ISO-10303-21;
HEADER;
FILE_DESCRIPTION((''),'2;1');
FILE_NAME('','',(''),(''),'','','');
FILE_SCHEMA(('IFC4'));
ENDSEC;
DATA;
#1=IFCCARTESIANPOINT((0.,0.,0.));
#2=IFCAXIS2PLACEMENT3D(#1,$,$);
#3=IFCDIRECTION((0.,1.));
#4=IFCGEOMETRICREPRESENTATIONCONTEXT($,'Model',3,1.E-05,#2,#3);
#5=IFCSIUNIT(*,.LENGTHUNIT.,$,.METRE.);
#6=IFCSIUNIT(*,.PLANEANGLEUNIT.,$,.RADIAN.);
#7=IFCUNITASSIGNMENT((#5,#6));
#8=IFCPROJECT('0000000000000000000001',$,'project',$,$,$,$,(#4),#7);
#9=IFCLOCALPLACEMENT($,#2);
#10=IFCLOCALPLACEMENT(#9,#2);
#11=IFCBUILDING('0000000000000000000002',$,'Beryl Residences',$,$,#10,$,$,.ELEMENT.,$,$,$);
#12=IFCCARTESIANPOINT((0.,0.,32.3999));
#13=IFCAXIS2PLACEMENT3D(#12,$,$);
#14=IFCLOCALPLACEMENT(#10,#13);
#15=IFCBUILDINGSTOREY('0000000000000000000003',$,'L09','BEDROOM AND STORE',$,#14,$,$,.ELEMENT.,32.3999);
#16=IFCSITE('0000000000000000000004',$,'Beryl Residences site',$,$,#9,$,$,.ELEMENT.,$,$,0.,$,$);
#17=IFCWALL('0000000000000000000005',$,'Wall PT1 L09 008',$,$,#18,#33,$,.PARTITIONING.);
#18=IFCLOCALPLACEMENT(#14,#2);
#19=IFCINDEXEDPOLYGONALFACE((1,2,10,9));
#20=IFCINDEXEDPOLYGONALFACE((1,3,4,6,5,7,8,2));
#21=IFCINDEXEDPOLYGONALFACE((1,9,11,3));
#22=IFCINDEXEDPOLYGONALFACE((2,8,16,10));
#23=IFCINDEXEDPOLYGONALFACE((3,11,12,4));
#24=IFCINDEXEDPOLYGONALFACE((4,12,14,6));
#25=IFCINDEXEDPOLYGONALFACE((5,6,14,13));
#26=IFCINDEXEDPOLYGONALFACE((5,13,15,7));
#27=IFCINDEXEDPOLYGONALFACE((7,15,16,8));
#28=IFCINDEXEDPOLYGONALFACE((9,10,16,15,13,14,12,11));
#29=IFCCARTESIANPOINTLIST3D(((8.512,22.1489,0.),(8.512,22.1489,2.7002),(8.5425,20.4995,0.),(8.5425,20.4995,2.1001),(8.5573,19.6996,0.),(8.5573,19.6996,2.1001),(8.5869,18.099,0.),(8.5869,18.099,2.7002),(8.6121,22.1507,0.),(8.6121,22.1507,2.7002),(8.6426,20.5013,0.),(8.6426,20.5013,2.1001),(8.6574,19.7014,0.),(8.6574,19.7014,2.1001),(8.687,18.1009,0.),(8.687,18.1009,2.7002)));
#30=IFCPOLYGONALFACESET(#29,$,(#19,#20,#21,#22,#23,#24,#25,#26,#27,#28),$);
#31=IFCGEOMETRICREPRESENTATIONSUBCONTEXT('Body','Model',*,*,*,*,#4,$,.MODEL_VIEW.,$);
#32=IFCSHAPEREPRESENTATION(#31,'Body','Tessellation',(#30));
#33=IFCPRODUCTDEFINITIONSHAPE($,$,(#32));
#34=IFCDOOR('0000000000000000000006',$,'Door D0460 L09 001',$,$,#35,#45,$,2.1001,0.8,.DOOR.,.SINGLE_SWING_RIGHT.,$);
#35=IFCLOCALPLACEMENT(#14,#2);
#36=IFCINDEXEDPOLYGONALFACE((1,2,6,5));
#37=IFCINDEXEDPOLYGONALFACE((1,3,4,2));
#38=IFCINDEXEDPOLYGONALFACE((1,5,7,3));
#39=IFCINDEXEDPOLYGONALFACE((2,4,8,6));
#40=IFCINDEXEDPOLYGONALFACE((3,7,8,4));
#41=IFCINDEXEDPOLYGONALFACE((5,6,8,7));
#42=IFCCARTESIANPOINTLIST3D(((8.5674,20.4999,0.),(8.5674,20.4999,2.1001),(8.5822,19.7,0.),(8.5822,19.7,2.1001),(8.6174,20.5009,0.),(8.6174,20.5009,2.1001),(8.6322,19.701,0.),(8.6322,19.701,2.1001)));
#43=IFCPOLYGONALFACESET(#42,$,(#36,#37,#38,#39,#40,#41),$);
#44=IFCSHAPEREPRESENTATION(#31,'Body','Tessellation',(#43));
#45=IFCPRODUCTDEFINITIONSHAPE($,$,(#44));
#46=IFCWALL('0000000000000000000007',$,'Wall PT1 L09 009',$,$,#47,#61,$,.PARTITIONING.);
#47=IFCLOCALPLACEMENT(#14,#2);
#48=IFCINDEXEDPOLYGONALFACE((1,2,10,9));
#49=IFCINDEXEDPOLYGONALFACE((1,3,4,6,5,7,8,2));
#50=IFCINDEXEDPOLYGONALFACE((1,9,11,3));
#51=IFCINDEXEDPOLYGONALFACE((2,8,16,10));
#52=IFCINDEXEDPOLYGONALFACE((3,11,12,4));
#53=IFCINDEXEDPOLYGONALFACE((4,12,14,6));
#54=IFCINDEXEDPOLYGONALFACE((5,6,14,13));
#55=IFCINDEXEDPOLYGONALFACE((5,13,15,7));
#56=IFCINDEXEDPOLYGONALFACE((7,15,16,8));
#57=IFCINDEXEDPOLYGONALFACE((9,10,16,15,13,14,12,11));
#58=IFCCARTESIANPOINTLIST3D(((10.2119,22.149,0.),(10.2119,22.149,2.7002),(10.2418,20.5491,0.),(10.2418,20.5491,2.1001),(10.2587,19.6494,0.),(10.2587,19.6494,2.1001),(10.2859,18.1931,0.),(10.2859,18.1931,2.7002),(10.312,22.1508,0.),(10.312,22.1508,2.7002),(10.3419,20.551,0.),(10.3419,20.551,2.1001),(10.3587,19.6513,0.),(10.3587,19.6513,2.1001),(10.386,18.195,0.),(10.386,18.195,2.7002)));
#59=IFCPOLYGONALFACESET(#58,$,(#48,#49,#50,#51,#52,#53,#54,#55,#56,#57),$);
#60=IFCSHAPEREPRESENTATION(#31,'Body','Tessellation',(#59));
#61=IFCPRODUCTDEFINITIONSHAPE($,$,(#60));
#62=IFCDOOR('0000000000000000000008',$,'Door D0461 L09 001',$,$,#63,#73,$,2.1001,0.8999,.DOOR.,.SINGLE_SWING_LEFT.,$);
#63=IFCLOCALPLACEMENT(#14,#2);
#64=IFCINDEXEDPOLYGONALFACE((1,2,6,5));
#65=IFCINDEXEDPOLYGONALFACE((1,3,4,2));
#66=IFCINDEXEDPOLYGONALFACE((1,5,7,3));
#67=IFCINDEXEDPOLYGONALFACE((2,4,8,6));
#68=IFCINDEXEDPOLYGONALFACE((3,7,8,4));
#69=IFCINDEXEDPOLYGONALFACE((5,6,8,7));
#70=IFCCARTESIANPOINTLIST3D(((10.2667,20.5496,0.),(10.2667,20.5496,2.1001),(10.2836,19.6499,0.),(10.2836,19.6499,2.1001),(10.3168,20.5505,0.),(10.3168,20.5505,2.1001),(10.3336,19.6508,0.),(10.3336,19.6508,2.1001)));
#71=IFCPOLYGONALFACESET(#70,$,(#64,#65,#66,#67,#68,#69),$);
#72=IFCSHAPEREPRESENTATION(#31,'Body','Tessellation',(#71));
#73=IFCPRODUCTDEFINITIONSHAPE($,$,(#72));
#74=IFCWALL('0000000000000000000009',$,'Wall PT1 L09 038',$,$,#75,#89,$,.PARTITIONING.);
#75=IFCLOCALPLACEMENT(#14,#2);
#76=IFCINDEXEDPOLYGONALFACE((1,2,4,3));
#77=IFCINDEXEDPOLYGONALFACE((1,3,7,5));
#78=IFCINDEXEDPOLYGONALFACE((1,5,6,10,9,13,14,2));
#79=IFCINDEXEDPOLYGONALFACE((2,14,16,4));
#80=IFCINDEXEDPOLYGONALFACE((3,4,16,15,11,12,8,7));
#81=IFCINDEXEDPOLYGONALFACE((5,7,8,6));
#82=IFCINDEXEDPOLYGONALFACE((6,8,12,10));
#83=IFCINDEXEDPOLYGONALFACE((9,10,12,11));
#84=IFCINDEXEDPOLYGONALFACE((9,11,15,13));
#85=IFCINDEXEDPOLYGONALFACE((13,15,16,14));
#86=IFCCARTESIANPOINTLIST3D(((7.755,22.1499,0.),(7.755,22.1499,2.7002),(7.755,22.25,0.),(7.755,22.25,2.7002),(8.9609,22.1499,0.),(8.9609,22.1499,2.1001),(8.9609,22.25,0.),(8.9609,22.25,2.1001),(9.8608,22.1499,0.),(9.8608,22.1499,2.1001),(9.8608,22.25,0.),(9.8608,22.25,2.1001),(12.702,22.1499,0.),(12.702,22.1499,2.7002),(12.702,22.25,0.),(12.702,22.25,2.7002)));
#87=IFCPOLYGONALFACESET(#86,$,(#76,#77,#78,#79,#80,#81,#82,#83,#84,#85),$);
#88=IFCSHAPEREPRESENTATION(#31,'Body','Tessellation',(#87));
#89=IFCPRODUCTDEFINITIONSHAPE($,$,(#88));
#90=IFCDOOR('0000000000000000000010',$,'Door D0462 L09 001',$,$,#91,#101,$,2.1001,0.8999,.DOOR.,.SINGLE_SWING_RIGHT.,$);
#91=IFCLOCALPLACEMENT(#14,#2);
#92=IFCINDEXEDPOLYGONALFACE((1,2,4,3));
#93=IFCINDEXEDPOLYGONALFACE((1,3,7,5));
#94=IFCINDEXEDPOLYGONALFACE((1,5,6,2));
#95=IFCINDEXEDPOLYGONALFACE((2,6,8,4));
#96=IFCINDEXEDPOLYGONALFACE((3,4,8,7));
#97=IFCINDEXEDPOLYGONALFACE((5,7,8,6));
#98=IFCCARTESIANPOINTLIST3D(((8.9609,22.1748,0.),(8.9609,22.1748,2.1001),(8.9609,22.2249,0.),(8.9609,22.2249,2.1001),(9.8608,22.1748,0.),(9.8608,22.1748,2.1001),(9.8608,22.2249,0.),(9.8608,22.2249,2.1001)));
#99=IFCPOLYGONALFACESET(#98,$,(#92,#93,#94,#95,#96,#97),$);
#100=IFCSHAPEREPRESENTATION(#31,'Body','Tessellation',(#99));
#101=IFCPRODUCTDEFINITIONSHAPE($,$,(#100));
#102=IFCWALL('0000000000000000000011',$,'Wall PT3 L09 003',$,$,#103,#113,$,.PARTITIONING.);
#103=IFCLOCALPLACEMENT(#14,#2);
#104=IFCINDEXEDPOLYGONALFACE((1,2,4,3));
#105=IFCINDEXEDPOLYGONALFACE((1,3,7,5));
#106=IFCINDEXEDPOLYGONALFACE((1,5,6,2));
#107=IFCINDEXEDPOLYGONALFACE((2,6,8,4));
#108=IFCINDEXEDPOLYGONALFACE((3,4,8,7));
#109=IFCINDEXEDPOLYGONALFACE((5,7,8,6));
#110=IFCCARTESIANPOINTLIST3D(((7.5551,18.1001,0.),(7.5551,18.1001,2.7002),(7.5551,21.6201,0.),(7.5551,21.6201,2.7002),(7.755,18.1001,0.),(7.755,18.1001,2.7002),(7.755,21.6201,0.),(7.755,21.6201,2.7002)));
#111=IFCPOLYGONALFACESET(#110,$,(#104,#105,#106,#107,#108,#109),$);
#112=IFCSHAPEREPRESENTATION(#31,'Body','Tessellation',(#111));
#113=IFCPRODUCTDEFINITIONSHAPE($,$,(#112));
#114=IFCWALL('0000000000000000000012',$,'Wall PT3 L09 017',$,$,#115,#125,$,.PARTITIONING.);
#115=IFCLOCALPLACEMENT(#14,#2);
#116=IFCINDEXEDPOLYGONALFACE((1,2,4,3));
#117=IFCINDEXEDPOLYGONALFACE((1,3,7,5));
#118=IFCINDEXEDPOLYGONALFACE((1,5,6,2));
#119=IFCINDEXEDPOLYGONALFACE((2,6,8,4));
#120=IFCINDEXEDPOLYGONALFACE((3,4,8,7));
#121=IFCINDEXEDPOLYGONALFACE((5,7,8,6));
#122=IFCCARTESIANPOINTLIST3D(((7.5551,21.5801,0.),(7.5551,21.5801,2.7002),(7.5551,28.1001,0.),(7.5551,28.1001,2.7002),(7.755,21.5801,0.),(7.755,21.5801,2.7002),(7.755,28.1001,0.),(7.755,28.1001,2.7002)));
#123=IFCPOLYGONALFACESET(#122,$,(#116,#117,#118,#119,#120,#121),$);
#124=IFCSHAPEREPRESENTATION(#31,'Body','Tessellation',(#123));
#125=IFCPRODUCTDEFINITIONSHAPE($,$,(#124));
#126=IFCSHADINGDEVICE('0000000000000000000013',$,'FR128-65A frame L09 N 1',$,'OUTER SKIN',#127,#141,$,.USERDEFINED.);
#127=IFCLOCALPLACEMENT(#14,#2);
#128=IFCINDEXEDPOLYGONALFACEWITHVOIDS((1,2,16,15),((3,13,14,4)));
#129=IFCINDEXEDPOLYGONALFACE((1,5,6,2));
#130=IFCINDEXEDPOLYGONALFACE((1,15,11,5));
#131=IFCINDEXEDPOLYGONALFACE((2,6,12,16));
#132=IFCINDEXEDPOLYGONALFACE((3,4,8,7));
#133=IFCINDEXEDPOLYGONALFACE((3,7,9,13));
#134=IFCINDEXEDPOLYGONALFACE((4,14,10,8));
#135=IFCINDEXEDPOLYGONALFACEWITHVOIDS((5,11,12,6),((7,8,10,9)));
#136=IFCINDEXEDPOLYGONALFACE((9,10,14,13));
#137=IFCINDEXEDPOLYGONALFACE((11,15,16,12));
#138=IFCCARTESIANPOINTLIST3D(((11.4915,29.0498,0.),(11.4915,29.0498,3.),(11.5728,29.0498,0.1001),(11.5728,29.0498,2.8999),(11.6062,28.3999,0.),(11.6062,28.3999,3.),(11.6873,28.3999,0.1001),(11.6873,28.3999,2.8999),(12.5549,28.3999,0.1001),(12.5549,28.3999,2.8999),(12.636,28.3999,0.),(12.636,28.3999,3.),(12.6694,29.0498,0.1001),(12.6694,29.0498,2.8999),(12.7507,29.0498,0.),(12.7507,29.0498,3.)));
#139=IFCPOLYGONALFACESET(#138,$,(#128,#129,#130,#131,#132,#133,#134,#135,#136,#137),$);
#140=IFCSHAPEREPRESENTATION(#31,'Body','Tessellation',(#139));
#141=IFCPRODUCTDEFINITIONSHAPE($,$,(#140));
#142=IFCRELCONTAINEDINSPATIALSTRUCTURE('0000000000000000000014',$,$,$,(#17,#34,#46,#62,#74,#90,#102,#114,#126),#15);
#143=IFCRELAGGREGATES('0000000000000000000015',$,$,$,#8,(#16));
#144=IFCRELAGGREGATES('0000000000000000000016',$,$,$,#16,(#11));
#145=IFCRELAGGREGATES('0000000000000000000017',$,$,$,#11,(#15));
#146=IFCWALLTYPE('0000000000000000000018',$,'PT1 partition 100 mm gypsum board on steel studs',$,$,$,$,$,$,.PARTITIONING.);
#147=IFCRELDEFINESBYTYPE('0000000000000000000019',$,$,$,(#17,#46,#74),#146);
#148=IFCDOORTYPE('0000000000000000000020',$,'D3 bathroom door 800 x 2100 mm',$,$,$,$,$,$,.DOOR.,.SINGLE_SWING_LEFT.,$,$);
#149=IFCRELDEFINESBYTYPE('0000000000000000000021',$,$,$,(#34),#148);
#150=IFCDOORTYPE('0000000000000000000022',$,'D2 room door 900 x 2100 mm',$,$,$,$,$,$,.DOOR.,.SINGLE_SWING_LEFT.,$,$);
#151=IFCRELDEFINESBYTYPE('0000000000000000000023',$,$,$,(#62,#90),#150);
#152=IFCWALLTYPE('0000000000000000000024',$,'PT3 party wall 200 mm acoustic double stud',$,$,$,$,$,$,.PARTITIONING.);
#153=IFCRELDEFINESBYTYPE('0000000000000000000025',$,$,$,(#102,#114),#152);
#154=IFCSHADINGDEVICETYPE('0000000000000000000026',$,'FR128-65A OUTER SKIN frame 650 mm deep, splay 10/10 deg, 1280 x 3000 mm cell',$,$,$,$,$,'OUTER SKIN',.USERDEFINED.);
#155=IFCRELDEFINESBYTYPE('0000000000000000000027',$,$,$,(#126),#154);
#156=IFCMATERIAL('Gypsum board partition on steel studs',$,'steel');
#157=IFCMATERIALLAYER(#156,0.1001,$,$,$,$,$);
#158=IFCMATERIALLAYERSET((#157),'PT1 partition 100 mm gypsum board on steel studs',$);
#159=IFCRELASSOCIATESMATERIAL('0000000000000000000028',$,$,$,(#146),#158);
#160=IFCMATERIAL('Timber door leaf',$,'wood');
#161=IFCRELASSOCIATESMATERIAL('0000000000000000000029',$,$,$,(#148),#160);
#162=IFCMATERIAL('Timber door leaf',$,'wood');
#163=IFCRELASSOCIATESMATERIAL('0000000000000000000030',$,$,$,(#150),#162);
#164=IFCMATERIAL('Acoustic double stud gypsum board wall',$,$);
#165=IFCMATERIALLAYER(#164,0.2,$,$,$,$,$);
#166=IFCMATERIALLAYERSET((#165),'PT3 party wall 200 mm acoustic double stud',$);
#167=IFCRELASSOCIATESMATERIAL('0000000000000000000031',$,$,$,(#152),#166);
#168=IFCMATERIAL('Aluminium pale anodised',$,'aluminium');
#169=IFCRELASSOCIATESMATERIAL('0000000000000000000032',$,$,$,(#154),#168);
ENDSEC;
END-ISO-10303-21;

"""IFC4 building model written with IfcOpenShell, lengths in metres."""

from ifc_helpers import new_model, entity, si_unit, direction, frame, frame_2d, origin, place, context, subcontext, project, spatial, rectangle, extrude, source, transform, mapped, material, layer, layer_set, type_object, type_shapes, element, fill, save


model = new_model("IFC4")

# Units and contexts
model_context = context("Model", 3, precision=1e-05, world=origin(), true_north=direction((0.0, 1.0)))
body_context = subcontext(model_context, "Body", "Model", "MODEL_VIEW")
ifc_project = project(units=[si_unit("LENGTHUNIT", "METRE"), si_unit("PLANEANGLEUNIT", "RADIAN")], contexts=[model_context])

# Site, building, storey
site_placement = place(None, origin())
site = spatial("IfcSite", under=ifc_project, at=site_placement, Name="Beryl Residences site", CompositionType="ELEMENT", RefElevation=0.0)
building_placement = place(site_placement, origin())
building = spatial("IfcBuilding", under=site, at=building_placement, Name="Beryl Residences", CompositionType="ELEMENT")
storey_placement = place(building_placement, frame((0.0, 0.0, 32.3999)))
storey = spatial("IfcBuildingStorey", under=building, at=storey_placement, Name="L09", Description="BEDROOM AND STORE", CompositionType="ELEMENT", Elevation=32.3999)

# Walls, openings, doors
ifc_material_1 = material(Name="Gypsum board partition on steel studs", Category="steel")
ifc_layer_1 = layer(ifc_material_1, 0.1001)
ifc_layer_set_1 = layer_set([ifc_layer_1], Name="PT1 partition 100 mm gypsum board on steel studs")
wall_type_1 = type_object("IfcWallType", Name="PT1 partition 100 mm gypsum board on steel studs", PredefinedType="PARTITIONING", material=ifc_layer_set_1)
wall_1_placement = place(storey_placement, frame((8.562, 22.1499, 0.0), z_axis=(0.0, 0.0, 1.0), x_axis=(0.018504, -0.999829, 0.0)))
wall_1 = element("IfcWall", 1, at=wall_1_placement, inside=storey, type_object=wall_type_1, Name="Wall PT1 L09 008", PredefinedType="PARTITIONING", context=body_context, shape_type="SweptSolid", body=[
    extrude(rectangle(XDim=4.0505, YDim=0.1001, at=frame_2d((2.0254, 0.0))), origin(), (0.0, 0.0, 1.0), 2.7002),
])
opening_1_placement = place(wall_1_placement, frame((1.6499, 0.0, 0.0)))
opening_1 = element("IfcOpeningElement", 2, at=opening_1_placement, cuts=wall_1, PredefinedType="OPENING", context=body_context, shape_type="SweptSolid", body=[
    extrude(rectangle(XDim=0.8, YDim=2.1001, at=frame_2d((0.3999, 1.05))), frame((0.0, 0.0601, 0.0), z_axis=(0.0, -1.0, 0.0), x_axis=(1.0, 0.0, 0.0)), (0.0, 0.0, 1.0), 0.1201),
])
ifc_material_2 = material(Name="Timber door leaf", Category="wood")
door_type_1 = type_object("IfcDoorType", Name="D3 bathroom door 800 x 2100 mm", OperationType="SINGLE_SWING_LEFT", PredefinedType="DOOR", material=ifc_material_2)
door_1_placement = place(opening_1_placement, origin())
door_1 = element("IfcDoor", 3, at=door_1_placement, inside=storey, type_object=door_type_1, Name="Door D0460 L09 001", OperationType="SINGLE_SWING_RIGHT", OverallHeight=2.1001, OverallWidth=0.8, PredefinedType="DOOR", context=body_context, shape_type="SweptSolid", body=[
    extrude(rectangle(XDim=0.8, YDim=2.1001, at=frame_2d((0.3999, 1.05))), frame((0.0, 0.0249, 0.0), z_axis=(0.0, -1.0, 0.0), x_axis=(1.0, 0.0, 0.0)), (0.0, 0.0, 1.0), 0.05),
])
fill(opening_1, door_1)
wall_2_placement = place(storey_placement, frame((10.262, 22.1499, 0.0), z_axis=(0.0, 0.0, 1.0), x_axis=(0.018697, -0.999825, 0.0)))
wall_2 = element("IfcWall", 4, at=wall_2_placement, inside=storey, type_object=wall_type_1, Name="Wall PT1 L09 009", PredefinedType="PARTITIONING", context=body_context, shape_type="SweptSolid", body=[
    extrude(rectangle(XDim=3.9565, YDim=0.1001, at=frame_2d((1.9783, 0.0))), origin(), (0.0, 0.0, 1.0), 2.7002),
])
opening_2_placement = place(wall_2_placement, frame((1.6001, 0.0, 0.0)))
opening_2 = element("IfcOpeningElement", 5, at=opening_2_placement, cuts=wall_2, PredefinedType="OPENING", context=body_context, shape_type="SweptSolid", body=[
    extrude(rectangle(XDim=0.8999, YDim=2.1001, at=frame_2d((0.45, 1.05))), frame((0.0, 0.0601, 0.0), z_axis=(0.0, -1.0, 0.0), x_axis=(1.0, 0.0, 0.0)), (0.0, 0.0, 1.0), 0.1201),
])
ifc_material_3 = material(Name="Timber door leaf", Category="wood")
door_type_2 = type_object("IfcDoorType", Name="D2 room door 900 x 2100 mm", OperationType="SINGLE_SWING_LEFT", PredefinedType="DOOR", material=ifc_material_3)
door_2_placement = place(opening_2_placement, origin())
door_2 = element("IfcDoor", 6, at=door_2_placement, inside=storey, type_object=door_type_2, Name="Door D0461 L09 001", OperationType="SINGLE_SWING_LEFT", OverallHeight=2.1001, OverallWidth=0.8999, PredefinedType="DOOR", context=body_context, shape_type="SweptSolid", body=[
    extrude(rectangle(XDim=0.8999, YDim=2.1001, at=frame_2d((0.45, 1.05))), frame((0.0, 0.0249, 0.0), z_axis=(0.0, -1.0, 0.0), x_axis=(1.0, 0.0, 0.0)), (0.0, 0.0, 1.0), 0.05),
])
fill(opening_2, door_2)
wall_3_placement = place(storey_placement, frame((7.7549, 22.2, 0.0), z_axis=(0.0, 0.0, 1.0), x_axis=(1.0, 0.0, 0.0)))
wall_3 = element("IfcWall", 7, at=wall_3_placement, inside=storey, type_object=wall_type_1, Name="Wall PT1 L09 038", PredefinedType="PARTITIONING", context=body_context, shape_type="SweptSolid", body=[
    extrude(rectangle(XDim=4.947, YDim=0.1001, at=frame_2d((2.4736, 0.0))), origin(), (0.0, 0.0, 1.0), 2.7002),
])
opening_3_placement = place(wall_3_placement, frame((1.2061, 0.0, 0.0)))
opening_3 = element("IfcOpeningElement", 8, at=opening_3_placement, cuts=wall_3, PredefinedType="OPENING", context=body_context, shape_type="SweptSolid", body=[
    extrude(rectangle(XDim=0.8999, YDim=2.1001, at=frame_2d((0.45, 1.05))), frame((0.0, 0.0601, 0.0), z_axis=(0.0, -1.0, 0.0), x_axis=(1.0, 0.0, 0.0)), (0.0, 0.0, 1.0), 0.1201),
])
door_3_placement = place(opening_3_placement, origin())
door_3 = element("IfcDoor", 9, at=door_3_placement, inside=storey, type_object=door_type_2, Name="Door D0462 L09 001", OperationType="SINGLE_SWING_RIGHT", OverallHeight=2.1001, OverallWidth=0.8999, PredefinedType="DOOR", context=body_context, shape_type="SweptSolid", body=[
    extrude(rectangle(XDim=0.8999, YDim=2.1001, at=frame_2d((0.45, 1.05))), frame((0.0, 0.0249, 0.0), z_axis=(0.0, -1.0, 0.0), x_axis=(1.0, 0.0, 0.0)), (0.0, 0.0, 1.0), 0.05),
])
fill(opening_3, door_3)

# Walls
ifc_material_4 = material(Name="Acoustic double stud gypsum board wall")
ifc_layer_2 = layer(ifc_material_4, 0.2)
ifc_layer_set_2 = layer_set([ifc_layer_2], Name="PT3 party wall 200 mm acoustic double stud")
wall_type_2 = type_object("IfcWallType", Name="PT3 party wall 200 mm acoustic double stud", PredefinedType="PARTITIONING", material=ifc_layer_set_2)
wall_4_placement = place(storey_placement, frame((7.655, 21.6201, 0.0), z_axis=(0.0, 0.0, 1.0), x_axis=(0.0, -1.0, 0.0)))
element("IfcWall", 10, at=wall_4_placement, inside=storey, type_object=wall_type_2, Name="Wall PT3 L09 003", PredefinedType="PARTITIONING", context=body_context, shape_type="SweptSolid", body=[
    extrude(rectangle(XDim=3.52, YDim=0.2, at=frame_2d((1.76, 0.0))), origin(), (0.0, 0.0, 1.0), 2.7002),
])
wall_5_placement = place(storey_placement, frame((7.655, 21.5801, 0.0), z_axis=(0.0, 0.0, 1.0), x_axis=(0.0, 1.0, 0.0)))
element("IfcWall", 11, at=wall_5_placement, inside=storey, type_object=wall_type_2, Name="Wall PT3 L09 017", PredefinedType="PARTITIONING", context=body_context, shape_type="SweptSolid", body=[
    extrude(rectangle(XDim=6.52, YDim=0.2, at=frame_2d((3.26, 0.0))), origin(), (0.0, 0.0, 1.0), 2.7002),
])

# Shading device
ifc_material_5 = material(Name="Aluminium pale anodised", Category="aluminium")
shading_device_type_1 = type_object("IfcShadingDeviceType", Name="FR128-65A OUTER SKIN frame 650 mm deep, splay 10/10 deg, 1280 x 3000 mm cell", ElementType="OUTER SKIN", PredefinedType="USERDEFINED", material=ifc_material_5)
cartesian_point_1 = entity("IfcCartesianPoint", [-0.5149, 0.0])
cartesian_point_2 = entity("IfcCartesianPoint", [-0.4338, 0.1001])
cartesian_point_3 = entity("IfcCartesianPoint", [-0.6296, 0.0])
cartesian_point_4 = entity("IfcCartesianPoint", [-0.5483, 0.1001])
shared_shape_1 = source(origin(), body_context, "Body", "SweptSolid", [
    entity("IfcExtrudedAreaSolidTapered", entity("IfcArbitraryProfileDefWithVoids", "AREA", None, entity("IfcPolyline", [cartesian_point_1, entity("IfcCartesianPoint", [0.5149, 0.0]), entity("IfcCartesianPoint", [0.5149, 3.0]), entity("IfcCartesianPoint", [-0.5149, 3.0]), cartesian_point_1]), [entity("IfcPolyline", [cartesian_point_2, entity("IfcCartesianPoint", [0.4338, 0.1001]), entity("IfcCartesianPoint", [0.4338, 2.8999]), entity("IfcCartesianPoint", [-0.4338, 2.8999]), cartesian_point_2])]), entity("IfcAxis2Placement3D", entity("IfcCartesianPoint", [0.0, 0.0, 0.0]), entity("IfcDirection", [0.0, 1.0, 0.0]), entity("IfcDirection", [-1.0, 0.0, 0.0])), entity("IfcDirection", [0.0, 0.0, 1.0]), 0.6499, entity("IfcArbitraryProfileDefWithVoids", "AREA", None, entity("IfcPolyline", [cartesian_point_3, entity("IfcCartesianPoint", [0.6296, 0.0]), entity("IfcCartesianPoint", [0.6296, 3.0]), entity("IfcCartesianPoint", [-0.6296, 3.0]), cartesian_point_3]), [entity("IfcPolyline", [cartesian_point_4, entity("IfcCartesianPoint", [0.5483, 0.1001]), entity("IfcCartesianPoint", [0.5483, 2.8999]), entity("IfcCartesianPoint", [-0.5483, 2.8999]), cartesian_point_4])])),
])
type_shapes(shading_device_type_1, [shared_shape_1])
shading_device_placement = place(storey_placement, frame((12.1211, 28.3999, 0.0), z_axis=(0.0, 0.0, 1.0), x_axis=(1.0, 0.0, 0.0)))
element("IfcShadingDevice", 12, at=shading_device_placement, inside=storey, type_object=shading_device_type_1, Name="FR128-65A frame L09 N 1", ObjectType="OUTER SKIN", PredefinedType="USERDEFINED", context=body_context, shape_type="MappedRepresentation", body=[
    mapped(shared_shape_1, transform((0.0, 0.0, 0.0))),
])

save(model, "model.ifc")
